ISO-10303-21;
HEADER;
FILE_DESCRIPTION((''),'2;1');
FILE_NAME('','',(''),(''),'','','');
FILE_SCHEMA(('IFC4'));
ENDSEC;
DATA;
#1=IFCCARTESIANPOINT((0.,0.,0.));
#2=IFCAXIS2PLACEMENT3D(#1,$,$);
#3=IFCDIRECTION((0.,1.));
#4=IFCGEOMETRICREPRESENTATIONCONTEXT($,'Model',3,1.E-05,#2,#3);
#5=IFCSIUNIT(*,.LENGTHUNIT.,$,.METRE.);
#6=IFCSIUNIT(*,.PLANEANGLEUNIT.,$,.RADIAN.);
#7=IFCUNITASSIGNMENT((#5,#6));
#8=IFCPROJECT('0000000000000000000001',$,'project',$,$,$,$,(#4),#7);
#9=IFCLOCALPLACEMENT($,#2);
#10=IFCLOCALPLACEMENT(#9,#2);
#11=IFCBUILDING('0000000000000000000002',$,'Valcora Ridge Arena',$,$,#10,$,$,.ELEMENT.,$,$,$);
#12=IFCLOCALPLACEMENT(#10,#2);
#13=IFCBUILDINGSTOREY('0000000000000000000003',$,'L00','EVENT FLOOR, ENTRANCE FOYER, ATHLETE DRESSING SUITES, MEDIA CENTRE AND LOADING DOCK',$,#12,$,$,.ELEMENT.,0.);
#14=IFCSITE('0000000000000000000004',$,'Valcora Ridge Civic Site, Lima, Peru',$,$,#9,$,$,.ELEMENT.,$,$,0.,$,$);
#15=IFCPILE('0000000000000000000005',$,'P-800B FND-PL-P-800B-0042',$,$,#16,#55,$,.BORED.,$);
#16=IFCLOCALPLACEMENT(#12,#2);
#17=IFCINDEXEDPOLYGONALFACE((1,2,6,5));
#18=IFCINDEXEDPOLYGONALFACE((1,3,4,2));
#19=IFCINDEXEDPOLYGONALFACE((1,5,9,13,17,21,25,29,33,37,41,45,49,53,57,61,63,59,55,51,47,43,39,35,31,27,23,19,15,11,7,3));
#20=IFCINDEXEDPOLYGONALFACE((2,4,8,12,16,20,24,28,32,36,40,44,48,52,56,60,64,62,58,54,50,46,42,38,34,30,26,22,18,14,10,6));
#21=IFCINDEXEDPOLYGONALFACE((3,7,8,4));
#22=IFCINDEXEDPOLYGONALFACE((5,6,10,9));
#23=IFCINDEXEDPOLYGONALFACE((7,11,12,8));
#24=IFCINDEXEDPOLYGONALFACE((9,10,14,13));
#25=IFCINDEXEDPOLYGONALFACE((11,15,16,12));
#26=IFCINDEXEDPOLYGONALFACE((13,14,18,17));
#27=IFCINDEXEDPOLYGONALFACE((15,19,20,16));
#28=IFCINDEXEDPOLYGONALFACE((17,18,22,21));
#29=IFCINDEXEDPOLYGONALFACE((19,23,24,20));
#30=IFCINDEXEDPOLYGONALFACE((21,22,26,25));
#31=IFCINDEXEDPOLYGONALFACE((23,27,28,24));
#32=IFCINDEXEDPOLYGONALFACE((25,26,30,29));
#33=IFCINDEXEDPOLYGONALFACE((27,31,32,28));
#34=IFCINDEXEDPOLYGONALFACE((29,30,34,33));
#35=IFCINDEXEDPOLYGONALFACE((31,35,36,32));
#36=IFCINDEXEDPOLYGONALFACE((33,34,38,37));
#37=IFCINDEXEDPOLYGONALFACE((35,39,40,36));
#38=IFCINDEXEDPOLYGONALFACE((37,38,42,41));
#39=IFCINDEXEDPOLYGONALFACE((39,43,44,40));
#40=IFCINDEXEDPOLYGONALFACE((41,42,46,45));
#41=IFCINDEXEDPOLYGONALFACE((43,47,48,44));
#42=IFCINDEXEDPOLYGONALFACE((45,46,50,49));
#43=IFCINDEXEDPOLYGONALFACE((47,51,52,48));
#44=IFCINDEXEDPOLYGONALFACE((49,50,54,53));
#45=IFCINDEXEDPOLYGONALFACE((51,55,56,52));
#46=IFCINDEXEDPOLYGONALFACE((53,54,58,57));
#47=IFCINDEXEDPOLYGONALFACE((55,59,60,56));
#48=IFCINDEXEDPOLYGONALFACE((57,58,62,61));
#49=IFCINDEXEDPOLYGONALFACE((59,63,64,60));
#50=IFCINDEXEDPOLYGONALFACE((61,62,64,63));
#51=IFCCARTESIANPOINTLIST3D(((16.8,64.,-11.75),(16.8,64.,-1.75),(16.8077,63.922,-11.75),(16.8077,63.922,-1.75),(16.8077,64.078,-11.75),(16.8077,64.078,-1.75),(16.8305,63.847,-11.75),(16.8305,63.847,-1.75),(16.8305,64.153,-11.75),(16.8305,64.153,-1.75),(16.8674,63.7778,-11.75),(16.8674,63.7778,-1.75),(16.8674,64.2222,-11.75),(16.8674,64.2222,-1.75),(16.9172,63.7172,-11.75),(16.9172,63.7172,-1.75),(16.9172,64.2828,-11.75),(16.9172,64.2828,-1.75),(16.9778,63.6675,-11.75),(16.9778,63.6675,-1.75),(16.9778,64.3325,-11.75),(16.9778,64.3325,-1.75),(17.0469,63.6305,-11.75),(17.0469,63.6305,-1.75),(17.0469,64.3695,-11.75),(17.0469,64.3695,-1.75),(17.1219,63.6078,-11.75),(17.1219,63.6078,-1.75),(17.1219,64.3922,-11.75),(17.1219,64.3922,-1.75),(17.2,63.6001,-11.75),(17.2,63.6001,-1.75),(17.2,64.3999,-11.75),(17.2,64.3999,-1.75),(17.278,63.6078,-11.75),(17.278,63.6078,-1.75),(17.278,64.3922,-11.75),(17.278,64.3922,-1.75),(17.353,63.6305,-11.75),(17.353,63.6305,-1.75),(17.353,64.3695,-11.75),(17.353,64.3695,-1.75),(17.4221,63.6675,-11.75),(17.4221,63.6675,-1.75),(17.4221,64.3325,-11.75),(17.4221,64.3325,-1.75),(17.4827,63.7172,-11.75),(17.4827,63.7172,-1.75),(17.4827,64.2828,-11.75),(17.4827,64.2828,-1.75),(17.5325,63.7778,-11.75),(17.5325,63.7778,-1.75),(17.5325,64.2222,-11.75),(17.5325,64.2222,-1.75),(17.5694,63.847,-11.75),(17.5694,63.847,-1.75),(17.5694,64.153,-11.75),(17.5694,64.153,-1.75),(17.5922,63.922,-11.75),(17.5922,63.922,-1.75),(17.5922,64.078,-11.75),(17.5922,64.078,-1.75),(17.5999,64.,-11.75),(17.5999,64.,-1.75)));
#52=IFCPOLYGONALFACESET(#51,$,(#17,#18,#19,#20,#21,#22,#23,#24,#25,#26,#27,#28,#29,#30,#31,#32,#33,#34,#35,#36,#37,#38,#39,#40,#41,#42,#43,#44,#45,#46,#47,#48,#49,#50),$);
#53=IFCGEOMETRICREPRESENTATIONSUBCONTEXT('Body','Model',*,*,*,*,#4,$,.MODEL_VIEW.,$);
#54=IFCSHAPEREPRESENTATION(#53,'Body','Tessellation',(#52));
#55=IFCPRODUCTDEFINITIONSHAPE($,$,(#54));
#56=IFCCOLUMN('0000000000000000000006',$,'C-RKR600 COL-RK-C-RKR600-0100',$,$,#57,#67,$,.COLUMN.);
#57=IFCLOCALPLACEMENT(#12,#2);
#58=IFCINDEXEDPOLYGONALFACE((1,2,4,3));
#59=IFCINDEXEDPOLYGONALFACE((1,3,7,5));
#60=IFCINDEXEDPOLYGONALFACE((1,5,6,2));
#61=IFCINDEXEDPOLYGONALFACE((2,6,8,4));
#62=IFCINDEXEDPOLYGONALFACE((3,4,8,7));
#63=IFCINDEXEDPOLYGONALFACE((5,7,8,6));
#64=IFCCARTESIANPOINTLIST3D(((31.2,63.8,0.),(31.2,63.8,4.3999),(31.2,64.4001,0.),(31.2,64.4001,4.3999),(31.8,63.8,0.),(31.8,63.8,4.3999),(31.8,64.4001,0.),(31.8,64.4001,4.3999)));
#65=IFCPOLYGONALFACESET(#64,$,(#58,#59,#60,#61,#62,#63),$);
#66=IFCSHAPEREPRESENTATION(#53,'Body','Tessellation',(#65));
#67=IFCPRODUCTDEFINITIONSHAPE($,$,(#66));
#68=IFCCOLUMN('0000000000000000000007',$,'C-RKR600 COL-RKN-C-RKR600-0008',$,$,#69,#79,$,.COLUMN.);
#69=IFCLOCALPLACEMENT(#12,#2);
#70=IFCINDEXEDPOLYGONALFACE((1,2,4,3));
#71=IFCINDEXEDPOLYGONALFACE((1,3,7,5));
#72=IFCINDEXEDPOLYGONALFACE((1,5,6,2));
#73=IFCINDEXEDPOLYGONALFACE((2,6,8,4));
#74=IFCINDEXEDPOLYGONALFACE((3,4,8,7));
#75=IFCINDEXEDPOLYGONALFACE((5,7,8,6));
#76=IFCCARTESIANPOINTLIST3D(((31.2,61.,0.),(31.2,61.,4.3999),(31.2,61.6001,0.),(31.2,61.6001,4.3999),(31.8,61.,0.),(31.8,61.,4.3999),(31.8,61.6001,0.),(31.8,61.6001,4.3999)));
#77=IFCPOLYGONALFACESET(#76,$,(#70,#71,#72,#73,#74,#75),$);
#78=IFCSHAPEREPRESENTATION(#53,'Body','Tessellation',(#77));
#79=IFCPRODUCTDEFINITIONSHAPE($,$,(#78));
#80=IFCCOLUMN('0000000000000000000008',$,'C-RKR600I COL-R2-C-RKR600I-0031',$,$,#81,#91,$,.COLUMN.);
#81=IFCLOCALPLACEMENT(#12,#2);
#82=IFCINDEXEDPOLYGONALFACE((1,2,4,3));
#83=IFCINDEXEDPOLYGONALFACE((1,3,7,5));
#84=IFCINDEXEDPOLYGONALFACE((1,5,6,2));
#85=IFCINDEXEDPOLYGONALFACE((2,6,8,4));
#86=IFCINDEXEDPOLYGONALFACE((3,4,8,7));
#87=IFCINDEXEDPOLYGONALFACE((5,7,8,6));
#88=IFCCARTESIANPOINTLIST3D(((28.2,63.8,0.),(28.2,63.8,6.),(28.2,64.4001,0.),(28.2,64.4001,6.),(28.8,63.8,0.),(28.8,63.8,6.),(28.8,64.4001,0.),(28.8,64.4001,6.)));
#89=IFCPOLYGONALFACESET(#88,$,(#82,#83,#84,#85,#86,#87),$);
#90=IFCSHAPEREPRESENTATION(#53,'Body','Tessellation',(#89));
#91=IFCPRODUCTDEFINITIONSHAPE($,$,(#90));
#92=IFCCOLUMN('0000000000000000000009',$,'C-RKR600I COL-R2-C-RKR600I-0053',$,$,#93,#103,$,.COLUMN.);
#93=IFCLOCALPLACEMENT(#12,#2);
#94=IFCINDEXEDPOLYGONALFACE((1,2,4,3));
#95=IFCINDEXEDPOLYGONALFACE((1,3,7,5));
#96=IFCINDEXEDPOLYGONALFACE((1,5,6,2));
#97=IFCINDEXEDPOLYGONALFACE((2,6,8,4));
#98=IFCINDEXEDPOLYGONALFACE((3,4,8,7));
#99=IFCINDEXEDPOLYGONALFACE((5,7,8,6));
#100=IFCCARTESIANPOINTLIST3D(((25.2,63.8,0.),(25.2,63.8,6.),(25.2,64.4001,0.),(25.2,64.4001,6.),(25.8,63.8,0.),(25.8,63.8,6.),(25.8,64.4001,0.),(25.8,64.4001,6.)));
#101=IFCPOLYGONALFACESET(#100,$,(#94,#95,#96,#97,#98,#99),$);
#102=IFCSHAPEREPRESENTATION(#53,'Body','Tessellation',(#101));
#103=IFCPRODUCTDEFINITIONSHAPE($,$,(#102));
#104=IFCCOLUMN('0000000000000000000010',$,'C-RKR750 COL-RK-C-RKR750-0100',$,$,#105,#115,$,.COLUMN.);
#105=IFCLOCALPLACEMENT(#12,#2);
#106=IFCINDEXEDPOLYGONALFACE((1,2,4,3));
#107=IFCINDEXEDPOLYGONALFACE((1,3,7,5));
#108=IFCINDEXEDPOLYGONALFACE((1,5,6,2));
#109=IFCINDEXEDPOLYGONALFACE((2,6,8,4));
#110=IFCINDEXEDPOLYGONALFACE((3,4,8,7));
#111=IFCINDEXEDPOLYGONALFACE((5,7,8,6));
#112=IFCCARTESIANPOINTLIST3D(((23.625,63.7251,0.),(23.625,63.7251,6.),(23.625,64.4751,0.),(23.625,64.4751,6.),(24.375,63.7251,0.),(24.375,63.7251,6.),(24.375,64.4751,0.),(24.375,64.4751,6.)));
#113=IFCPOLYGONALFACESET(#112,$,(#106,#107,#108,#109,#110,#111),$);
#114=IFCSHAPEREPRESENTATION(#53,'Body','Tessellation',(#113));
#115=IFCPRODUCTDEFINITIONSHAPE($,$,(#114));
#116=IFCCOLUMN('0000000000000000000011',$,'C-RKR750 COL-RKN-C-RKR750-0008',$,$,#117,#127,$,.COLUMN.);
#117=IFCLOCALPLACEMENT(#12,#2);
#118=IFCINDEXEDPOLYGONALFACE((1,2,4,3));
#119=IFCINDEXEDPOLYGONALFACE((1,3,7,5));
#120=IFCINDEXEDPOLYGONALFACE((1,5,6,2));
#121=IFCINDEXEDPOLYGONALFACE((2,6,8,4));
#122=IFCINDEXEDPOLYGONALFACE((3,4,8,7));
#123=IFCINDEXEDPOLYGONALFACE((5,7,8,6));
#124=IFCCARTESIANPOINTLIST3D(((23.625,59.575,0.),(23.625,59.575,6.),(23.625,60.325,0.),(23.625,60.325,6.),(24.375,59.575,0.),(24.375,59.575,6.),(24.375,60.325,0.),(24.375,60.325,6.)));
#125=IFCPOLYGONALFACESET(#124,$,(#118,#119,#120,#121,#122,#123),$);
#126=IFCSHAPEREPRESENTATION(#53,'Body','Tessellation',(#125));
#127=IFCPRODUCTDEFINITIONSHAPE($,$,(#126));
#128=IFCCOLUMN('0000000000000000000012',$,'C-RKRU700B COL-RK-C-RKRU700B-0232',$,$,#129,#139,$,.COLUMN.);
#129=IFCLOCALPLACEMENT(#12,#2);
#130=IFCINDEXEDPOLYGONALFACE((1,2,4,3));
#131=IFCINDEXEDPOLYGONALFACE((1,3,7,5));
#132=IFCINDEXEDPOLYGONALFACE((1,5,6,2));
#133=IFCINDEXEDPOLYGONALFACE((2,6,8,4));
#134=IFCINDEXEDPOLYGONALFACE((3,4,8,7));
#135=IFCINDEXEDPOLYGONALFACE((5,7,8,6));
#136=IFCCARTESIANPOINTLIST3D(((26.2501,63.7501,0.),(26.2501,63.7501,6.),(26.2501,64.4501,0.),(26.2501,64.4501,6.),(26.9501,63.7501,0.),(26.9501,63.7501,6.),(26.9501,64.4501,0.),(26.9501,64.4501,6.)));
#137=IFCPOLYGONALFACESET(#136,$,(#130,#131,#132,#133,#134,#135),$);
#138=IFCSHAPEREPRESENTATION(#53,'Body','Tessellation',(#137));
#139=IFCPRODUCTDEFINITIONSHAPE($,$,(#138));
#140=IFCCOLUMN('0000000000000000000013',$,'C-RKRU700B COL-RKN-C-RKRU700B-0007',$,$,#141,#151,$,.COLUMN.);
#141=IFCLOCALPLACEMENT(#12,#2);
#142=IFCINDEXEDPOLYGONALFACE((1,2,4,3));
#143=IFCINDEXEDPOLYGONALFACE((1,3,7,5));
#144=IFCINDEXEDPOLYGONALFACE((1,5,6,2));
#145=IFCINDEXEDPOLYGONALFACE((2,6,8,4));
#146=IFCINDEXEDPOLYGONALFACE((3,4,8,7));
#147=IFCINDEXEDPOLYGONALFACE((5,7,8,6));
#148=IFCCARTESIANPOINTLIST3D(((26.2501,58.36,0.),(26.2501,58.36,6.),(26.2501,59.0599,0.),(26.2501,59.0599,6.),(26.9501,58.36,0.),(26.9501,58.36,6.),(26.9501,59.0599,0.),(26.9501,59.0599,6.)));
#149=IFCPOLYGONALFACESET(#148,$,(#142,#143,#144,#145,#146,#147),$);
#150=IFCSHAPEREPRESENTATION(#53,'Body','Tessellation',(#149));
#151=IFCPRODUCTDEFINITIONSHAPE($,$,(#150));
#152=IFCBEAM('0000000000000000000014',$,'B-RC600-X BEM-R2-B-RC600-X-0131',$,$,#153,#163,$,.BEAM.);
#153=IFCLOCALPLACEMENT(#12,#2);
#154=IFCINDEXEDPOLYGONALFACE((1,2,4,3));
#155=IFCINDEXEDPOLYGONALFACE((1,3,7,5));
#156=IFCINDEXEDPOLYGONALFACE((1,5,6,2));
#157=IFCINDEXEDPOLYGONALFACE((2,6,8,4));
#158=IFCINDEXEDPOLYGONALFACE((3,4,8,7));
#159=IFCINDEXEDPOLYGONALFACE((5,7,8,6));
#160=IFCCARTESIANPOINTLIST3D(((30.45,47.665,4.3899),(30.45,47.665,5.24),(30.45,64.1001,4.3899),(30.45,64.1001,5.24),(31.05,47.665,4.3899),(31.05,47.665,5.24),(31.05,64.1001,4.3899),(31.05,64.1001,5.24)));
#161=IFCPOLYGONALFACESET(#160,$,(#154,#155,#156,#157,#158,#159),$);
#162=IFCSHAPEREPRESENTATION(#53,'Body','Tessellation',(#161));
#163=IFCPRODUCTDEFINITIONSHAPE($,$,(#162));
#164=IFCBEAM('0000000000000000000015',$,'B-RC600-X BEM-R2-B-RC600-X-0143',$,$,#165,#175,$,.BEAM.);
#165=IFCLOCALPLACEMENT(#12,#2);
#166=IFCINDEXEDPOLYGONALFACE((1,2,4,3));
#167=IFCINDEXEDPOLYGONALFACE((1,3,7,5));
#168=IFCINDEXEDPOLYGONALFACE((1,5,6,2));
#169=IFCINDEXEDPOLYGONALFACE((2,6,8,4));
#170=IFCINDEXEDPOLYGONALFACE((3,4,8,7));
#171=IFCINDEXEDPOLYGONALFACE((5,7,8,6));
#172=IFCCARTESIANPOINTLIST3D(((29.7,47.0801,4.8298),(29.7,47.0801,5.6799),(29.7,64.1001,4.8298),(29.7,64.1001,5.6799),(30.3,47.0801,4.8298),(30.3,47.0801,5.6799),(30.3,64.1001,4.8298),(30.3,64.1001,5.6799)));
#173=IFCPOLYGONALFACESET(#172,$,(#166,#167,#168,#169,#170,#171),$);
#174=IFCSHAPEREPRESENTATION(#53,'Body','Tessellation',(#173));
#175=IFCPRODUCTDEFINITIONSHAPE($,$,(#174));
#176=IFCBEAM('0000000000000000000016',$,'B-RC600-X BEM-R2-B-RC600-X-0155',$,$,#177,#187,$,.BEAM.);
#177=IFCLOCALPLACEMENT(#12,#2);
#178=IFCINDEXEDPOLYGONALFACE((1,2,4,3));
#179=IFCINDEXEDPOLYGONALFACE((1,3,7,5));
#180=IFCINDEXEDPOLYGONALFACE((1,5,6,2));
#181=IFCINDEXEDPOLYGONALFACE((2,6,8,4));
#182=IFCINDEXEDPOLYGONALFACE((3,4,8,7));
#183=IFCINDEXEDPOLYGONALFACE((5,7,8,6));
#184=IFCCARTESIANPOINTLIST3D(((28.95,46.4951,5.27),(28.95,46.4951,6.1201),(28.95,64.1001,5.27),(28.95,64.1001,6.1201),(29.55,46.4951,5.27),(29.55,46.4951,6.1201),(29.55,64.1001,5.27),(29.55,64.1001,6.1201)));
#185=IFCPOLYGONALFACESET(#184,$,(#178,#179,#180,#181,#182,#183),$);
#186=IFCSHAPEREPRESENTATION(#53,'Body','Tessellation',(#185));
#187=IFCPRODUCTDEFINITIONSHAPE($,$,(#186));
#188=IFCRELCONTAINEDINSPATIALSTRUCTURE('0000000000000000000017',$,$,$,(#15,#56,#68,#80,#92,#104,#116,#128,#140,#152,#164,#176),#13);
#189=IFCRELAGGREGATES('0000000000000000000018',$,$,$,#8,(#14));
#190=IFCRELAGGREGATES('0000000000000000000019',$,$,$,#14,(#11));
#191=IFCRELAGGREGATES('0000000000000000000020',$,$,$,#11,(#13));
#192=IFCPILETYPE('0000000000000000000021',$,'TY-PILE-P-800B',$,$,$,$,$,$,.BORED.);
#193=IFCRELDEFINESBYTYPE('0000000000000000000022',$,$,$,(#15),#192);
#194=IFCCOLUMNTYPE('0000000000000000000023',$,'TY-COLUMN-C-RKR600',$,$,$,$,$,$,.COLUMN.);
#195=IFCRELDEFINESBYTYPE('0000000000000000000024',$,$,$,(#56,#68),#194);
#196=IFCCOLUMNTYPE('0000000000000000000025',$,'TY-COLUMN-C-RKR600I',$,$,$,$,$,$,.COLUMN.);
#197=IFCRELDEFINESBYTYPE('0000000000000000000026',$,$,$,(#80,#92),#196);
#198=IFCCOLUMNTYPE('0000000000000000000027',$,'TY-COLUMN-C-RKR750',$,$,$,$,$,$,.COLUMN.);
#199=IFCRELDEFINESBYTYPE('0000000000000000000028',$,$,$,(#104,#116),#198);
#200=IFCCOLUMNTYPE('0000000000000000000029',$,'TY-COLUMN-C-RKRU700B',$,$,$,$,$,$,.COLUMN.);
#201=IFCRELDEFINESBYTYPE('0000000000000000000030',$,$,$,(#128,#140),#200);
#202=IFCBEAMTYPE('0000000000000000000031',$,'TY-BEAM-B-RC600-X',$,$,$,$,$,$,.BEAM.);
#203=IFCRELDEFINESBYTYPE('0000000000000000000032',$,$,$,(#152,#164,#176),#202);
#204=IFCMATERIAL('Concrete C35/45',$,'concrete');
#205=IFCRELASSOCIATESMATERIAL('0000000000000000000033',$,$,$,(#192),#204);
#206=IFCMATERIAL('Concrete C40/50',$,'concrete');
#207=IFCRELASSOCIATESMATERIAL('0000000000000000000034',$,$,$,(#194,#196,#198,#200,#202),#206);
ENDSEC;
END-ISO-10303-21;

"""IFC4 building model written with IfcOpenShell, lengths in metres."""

from ifc_helpers import new_model, si_unit, direction, frame, origin, origin_2d, place, context, subcontext, project, spatial, rectangle, circle, extrude, material, material_profile, profile_set, type_object, element, save


model = new_model("IFC4")

# Units and contexts
model_context = context("Model", 3, precision=1e-05, world=origin(), true_north=direction((0.0, 1.0)))
body_context = subcontext(model_context, "Body", "Model", "MODEL_VIEW")
ifc_project = project(units=[si_unit("LENGTHUNIT", "METRE"), si_unit("PLANEANGLEUNIT", "RADIAN")], contexts=[model_context])

# Site, building, storey
site_placement = place(None, origin())
site = spatial("IfcSite", under=ifc_project, at=site_placement, Name="Valcora Ridge Civic Site, Lima, Peru", CompositionType="ELEMENT", RefElevation=0.0)
building_placement = place(site_placement, origin())
building = spatial("IfcBuilding", under=site, at=building_placement, Name="Valcora Ridge Arena", CompositionType="ELEMENT")
storey_placement = place(building_placement, origin())
storey = spatial("IfcBuildingStorey", under=building, at=storey_placement, Name="L00", Description="EVENT FLOOR, ENTRANCE FOYER, ATHLETE DRESSING SUITES, MEDIA CENTRE AND LOADING DOCK", CompositionType="ELEMENT", Elevation=0.0)

# Pile
ifc_material_1 = material(Name="Concrete C35/45", Category="concrete")
ifc_material_profile_1 = material_profile(ifc_material_1, circle(Radius=0.3999, at=origin_2d()), Name="BORED PILE D800")
ifc_profile_set_1 = profile_set([ifc_material_profile_1], Name="Concrete C35/45")
pile_type = type_object("IfcPileType", Name="TY-PILE-P-800B", PredefinedType="BORED", material=ifc_profile_set_1)
pile_placement = place(storey_placement, frame((17.2, 64.0, -1.75), z_axis=(0.0, 0.0, -1.0), x_axis=(1.0, 0.0, 0.0)))
element("IfcPile", 1, at=pile_placement, inside=storey, type_object=pile_type, Name="P-800B FND-PL-P-800B-0042", PredefinedType="BORED", context=body_context, shape_type="SweptSolid", body=[
    extrude(circle(Radius=0.3999, at=origin_2d()), origin(), (0.0, 0.0, 1.0), 10.0),
])

# Columns
ifc_material_2 = material(Name="Concrete C40/50", Category="concrete")
ifc_material_profile_2 = material_profile(ifc_material_2, rectangle(XDim=0.6001, YDim=0.6001, at=origin_2d()), Name="RC 600x600")
ifc_profile_set_2 = profile_set([ifc_material_profile_2], Name="Concrete C40/50")
column_type_1 = type_object("IfcColumnType", Name="TY-COLUMN-C-RKR600", PredefinedType="COLUMN", material=ifc_profile_set_2)
for number, where, z_axis, x_axis, name in (
    (2, (31.5, 64.1001, 0.0), (0.0, 0.0, 1.0), (1.0, 0.0, 0.0), "C-RKR600 COL-RK-C-RKR600-0100"),
    (3, (31.5, 61.3, 0.0), (0.0, 0.0, 1.0), (1.0, 0.0, 0.0), "C-RKR600 COL-RKN-C-RKR600-0008"),
):
    element("IfcColumn", number, at=place(storey_placement, frame(where, z_axis=z_axis, x_axis=x_axis)), inside=storey, type_object=column_type_1, Name=name, PredefinedType="COLUMN", context=body_context, shape_type="SweptSolid", body=[
        extrude(rectangle(XDim=0.6001, YDim=0.6001, at=origin_2d()), origin(), (0.0, 0.0, 1.0), 4.3999),
    ])
ifc_material_profile_3 = material_profile(ifc_material_2, rectangle(XDim=0.6001, YDim=0.6001, at=origin_2d()), Name="RC 600x600")
ifc_profile_set_3 = profile_set([ifc_material_profile_3], Name="Concrete C40/50")
column_type_2 = type_object("IfcColumnType", Name="TY-COLUMN-C-RKR600I", PredefinedType="COLUMN", material=ifc_profile_set_3)
for number, where, z_axis, x_axis, name in (
    (4, (28.5, 64.1001, 0.0), (0.0, 0.0, 1.0), (1.0, 0.0, 0.0), "C-RKR600I COL-R2-C-RKR600I-0031"),
    (5, (25.5, 64.1001, 0.0), (0.0, 0.0, 1.0), (1.0, 0.0, 0.0), "C-RKR600I COL-R2-C-RKR600I-0053"),
):
    element("IfcColumn", number, at=place(storey_placement, frame(where, z_axis=z_axis, x_axis=x_axis)), inside=storey, type_object=column_type_2, Name=name, PredefinedType="COLUMN", context=body_context, shape_type="SweptSolid", body=[
        extrude(rectangle(XDim=0.6001, YDim=0.6001, at=origin_2d()), origin(), (0.0, 0.0, 1.0), 6.0),
    ])
ifc_material_profile_4 = material_profile(ifc_material_2, rectangle(XDim=0.75, YDim=0.75, at=origin_2d()), Name="RC 750x750")
ifc_profile_set_4 = profile_set([ifc_material_profile_4], Name="Concrete C40/50")
column_type_3 = type_object("IfcColumnType", Name="TY-COLUMN-C-RKR750", PredefinedType="COLUMN", material=ifc_profile_set_4)
for number, where, z_axis, x_axis, name in (
    (6, (24.0, 64.1001, 0.0), (0.0, 0.0, 1.0), (1.0, 0.0, 0.0), "C-RKR750 COL-RK-C-RKR750-0100"),
    (7, (24.0, 59.95, 0.0), (0.0, 0.0, 1.0), (1.0, 0.0, 0.0), "C-RKR750 COL-RKN-C-RKR750-0008"),
):
    element("IfcColumn", number, at=place(storey_placement, frame(where, z_axis=z_axis, x_axis=x_axis)), inside=storey, type_object=column_type_3, Name=name, PredefinedType="COLUMN", context=body_context, shape_type="SweptSolid", body=[
        extrude(rectangle(XDim=0.75, YDim=0.75, at=origin_2d()), origin(), (0.0, 0.0, 1.0), 6.0),
    ])
ifc_material_profile_5 = material_profile(ifc_material_2, rectangle(XDim=0.7, YDim=0.7, at=origin_2d()), Name="RC 700x700")
ifc_profile_set_5 = profile_set([ifc_material_profile_5], Name="Concrete C40/50")
column_type_4 = type_object("IfcColumnType", Name="TY-COLUMN-C-RKRU700B", PredefinedType="COLUMN", material=ifc_profile_set_5)
for number, where, z_axis, x_axis, name in (
    (8, (26.6001, 64.1001, 0.0), (0.0, 0.0, 1.0), (1.0, 0.0, 0.0), "C-RKRU700B COL-RK-C-RKRU700B-0232"),
    (9, (26.6001, 58.71, 0.0), (0.0, 0.0, 1.0), (1.0, 0.0, 0.0), "C-RKRU700B COL-RKN-C-RKRU700B-0007"),
):
    element("IfcColumn", number, at=place(storey_placement, frame(where, z_axis=z_axis, x_axis=x_axis)), inside=storey, type_object=column_type_4, Name=name, PredefinedType="COLUMN", context=body_context, shape_type="SweptSolid", body=[
        extrude(rectangle(XDim=0.7, YDim=0.7, at=origin_2d()), origin(), (0.0, 0.0, 1.0), 6.0),
    ])

# Beams
ifc_material_profile_6 = material_profile(ifc_material_2, rectangle(XDim=0.6001, YDim=0.8501, at=origin_2d()), Name="RC 600x850")
ifc_profile_set_6 = profile_set([ifc_material_profile_6], Name="Concrete C40/50")
beam_type = type_object("IfcBeamType", Name="TY-BEAM-B-RC600-X", PredefinedType="BEAM", material=ifc_profile_set_6)
beam_1_placement = place(storey_placement, frame((30.75, 64.1001, 4.8149), z_axis=(0.0, -1.0, 0.0), x_axis=(1.0, 0.0, 0.0)))
element("IfcBeam", 10, at=beam_1_placement, inside=storey, type_object=beam_type, Name="B-RC600-X BEM-R2-B-RC600-X-0131", PredefinedType="BEAM", context=body_context, shape_type="SweptSolid", body=[
    extrude(rectangle(XDim=0.6001, YDim=0.8501, at=origin_2d()), origin(), (0.0, 0.0, 1.0), 16.4351),
])
beam_2_placement = place(storey_placement, frame((30.0, 64.1001, 5.2549), z_axis=(0.0, -1.0, 0.0), x_axis=(1.0, 0.0, 0.0)))
element("IfcBeam", 11, at=beam_2_placement, inside=storey, type_object=beam_type, Name="B-RC600-X BEM-R2-B-RC600-X-0143", PredefinedType="BEAM", context=body_context, shape_type="SweptSolid", body=[
    extrude(rectangle(XDim=0.6001, YDim=0.8501, at=origin_2d()), origin(), (0.0, 0.0, 1.0), 17.02),
])
beam_3_placement = place(storey_placement, frame((29.25, 64.1001, 5.6951), z_axis=(0.0, -1.0, 0.0), x_axis=(1.0, 0.0, 0.0)))
element("IfcBeam", 12, at=beam_3_placement, inside=storey, type_object=beam_type, Name="B-RC600-X BEM-R2-B-RC600-X-0155", PredefinedType="BEAM", context=body_context, shape_type="SweptSolid", body=[
    extrude(rectangle(XDim=0.6001, YDim=0.8501, at=origin_2d()), origin(), (0.0, 0.0, 1.0), 17.605),
])

save(model, "model.ifc")
